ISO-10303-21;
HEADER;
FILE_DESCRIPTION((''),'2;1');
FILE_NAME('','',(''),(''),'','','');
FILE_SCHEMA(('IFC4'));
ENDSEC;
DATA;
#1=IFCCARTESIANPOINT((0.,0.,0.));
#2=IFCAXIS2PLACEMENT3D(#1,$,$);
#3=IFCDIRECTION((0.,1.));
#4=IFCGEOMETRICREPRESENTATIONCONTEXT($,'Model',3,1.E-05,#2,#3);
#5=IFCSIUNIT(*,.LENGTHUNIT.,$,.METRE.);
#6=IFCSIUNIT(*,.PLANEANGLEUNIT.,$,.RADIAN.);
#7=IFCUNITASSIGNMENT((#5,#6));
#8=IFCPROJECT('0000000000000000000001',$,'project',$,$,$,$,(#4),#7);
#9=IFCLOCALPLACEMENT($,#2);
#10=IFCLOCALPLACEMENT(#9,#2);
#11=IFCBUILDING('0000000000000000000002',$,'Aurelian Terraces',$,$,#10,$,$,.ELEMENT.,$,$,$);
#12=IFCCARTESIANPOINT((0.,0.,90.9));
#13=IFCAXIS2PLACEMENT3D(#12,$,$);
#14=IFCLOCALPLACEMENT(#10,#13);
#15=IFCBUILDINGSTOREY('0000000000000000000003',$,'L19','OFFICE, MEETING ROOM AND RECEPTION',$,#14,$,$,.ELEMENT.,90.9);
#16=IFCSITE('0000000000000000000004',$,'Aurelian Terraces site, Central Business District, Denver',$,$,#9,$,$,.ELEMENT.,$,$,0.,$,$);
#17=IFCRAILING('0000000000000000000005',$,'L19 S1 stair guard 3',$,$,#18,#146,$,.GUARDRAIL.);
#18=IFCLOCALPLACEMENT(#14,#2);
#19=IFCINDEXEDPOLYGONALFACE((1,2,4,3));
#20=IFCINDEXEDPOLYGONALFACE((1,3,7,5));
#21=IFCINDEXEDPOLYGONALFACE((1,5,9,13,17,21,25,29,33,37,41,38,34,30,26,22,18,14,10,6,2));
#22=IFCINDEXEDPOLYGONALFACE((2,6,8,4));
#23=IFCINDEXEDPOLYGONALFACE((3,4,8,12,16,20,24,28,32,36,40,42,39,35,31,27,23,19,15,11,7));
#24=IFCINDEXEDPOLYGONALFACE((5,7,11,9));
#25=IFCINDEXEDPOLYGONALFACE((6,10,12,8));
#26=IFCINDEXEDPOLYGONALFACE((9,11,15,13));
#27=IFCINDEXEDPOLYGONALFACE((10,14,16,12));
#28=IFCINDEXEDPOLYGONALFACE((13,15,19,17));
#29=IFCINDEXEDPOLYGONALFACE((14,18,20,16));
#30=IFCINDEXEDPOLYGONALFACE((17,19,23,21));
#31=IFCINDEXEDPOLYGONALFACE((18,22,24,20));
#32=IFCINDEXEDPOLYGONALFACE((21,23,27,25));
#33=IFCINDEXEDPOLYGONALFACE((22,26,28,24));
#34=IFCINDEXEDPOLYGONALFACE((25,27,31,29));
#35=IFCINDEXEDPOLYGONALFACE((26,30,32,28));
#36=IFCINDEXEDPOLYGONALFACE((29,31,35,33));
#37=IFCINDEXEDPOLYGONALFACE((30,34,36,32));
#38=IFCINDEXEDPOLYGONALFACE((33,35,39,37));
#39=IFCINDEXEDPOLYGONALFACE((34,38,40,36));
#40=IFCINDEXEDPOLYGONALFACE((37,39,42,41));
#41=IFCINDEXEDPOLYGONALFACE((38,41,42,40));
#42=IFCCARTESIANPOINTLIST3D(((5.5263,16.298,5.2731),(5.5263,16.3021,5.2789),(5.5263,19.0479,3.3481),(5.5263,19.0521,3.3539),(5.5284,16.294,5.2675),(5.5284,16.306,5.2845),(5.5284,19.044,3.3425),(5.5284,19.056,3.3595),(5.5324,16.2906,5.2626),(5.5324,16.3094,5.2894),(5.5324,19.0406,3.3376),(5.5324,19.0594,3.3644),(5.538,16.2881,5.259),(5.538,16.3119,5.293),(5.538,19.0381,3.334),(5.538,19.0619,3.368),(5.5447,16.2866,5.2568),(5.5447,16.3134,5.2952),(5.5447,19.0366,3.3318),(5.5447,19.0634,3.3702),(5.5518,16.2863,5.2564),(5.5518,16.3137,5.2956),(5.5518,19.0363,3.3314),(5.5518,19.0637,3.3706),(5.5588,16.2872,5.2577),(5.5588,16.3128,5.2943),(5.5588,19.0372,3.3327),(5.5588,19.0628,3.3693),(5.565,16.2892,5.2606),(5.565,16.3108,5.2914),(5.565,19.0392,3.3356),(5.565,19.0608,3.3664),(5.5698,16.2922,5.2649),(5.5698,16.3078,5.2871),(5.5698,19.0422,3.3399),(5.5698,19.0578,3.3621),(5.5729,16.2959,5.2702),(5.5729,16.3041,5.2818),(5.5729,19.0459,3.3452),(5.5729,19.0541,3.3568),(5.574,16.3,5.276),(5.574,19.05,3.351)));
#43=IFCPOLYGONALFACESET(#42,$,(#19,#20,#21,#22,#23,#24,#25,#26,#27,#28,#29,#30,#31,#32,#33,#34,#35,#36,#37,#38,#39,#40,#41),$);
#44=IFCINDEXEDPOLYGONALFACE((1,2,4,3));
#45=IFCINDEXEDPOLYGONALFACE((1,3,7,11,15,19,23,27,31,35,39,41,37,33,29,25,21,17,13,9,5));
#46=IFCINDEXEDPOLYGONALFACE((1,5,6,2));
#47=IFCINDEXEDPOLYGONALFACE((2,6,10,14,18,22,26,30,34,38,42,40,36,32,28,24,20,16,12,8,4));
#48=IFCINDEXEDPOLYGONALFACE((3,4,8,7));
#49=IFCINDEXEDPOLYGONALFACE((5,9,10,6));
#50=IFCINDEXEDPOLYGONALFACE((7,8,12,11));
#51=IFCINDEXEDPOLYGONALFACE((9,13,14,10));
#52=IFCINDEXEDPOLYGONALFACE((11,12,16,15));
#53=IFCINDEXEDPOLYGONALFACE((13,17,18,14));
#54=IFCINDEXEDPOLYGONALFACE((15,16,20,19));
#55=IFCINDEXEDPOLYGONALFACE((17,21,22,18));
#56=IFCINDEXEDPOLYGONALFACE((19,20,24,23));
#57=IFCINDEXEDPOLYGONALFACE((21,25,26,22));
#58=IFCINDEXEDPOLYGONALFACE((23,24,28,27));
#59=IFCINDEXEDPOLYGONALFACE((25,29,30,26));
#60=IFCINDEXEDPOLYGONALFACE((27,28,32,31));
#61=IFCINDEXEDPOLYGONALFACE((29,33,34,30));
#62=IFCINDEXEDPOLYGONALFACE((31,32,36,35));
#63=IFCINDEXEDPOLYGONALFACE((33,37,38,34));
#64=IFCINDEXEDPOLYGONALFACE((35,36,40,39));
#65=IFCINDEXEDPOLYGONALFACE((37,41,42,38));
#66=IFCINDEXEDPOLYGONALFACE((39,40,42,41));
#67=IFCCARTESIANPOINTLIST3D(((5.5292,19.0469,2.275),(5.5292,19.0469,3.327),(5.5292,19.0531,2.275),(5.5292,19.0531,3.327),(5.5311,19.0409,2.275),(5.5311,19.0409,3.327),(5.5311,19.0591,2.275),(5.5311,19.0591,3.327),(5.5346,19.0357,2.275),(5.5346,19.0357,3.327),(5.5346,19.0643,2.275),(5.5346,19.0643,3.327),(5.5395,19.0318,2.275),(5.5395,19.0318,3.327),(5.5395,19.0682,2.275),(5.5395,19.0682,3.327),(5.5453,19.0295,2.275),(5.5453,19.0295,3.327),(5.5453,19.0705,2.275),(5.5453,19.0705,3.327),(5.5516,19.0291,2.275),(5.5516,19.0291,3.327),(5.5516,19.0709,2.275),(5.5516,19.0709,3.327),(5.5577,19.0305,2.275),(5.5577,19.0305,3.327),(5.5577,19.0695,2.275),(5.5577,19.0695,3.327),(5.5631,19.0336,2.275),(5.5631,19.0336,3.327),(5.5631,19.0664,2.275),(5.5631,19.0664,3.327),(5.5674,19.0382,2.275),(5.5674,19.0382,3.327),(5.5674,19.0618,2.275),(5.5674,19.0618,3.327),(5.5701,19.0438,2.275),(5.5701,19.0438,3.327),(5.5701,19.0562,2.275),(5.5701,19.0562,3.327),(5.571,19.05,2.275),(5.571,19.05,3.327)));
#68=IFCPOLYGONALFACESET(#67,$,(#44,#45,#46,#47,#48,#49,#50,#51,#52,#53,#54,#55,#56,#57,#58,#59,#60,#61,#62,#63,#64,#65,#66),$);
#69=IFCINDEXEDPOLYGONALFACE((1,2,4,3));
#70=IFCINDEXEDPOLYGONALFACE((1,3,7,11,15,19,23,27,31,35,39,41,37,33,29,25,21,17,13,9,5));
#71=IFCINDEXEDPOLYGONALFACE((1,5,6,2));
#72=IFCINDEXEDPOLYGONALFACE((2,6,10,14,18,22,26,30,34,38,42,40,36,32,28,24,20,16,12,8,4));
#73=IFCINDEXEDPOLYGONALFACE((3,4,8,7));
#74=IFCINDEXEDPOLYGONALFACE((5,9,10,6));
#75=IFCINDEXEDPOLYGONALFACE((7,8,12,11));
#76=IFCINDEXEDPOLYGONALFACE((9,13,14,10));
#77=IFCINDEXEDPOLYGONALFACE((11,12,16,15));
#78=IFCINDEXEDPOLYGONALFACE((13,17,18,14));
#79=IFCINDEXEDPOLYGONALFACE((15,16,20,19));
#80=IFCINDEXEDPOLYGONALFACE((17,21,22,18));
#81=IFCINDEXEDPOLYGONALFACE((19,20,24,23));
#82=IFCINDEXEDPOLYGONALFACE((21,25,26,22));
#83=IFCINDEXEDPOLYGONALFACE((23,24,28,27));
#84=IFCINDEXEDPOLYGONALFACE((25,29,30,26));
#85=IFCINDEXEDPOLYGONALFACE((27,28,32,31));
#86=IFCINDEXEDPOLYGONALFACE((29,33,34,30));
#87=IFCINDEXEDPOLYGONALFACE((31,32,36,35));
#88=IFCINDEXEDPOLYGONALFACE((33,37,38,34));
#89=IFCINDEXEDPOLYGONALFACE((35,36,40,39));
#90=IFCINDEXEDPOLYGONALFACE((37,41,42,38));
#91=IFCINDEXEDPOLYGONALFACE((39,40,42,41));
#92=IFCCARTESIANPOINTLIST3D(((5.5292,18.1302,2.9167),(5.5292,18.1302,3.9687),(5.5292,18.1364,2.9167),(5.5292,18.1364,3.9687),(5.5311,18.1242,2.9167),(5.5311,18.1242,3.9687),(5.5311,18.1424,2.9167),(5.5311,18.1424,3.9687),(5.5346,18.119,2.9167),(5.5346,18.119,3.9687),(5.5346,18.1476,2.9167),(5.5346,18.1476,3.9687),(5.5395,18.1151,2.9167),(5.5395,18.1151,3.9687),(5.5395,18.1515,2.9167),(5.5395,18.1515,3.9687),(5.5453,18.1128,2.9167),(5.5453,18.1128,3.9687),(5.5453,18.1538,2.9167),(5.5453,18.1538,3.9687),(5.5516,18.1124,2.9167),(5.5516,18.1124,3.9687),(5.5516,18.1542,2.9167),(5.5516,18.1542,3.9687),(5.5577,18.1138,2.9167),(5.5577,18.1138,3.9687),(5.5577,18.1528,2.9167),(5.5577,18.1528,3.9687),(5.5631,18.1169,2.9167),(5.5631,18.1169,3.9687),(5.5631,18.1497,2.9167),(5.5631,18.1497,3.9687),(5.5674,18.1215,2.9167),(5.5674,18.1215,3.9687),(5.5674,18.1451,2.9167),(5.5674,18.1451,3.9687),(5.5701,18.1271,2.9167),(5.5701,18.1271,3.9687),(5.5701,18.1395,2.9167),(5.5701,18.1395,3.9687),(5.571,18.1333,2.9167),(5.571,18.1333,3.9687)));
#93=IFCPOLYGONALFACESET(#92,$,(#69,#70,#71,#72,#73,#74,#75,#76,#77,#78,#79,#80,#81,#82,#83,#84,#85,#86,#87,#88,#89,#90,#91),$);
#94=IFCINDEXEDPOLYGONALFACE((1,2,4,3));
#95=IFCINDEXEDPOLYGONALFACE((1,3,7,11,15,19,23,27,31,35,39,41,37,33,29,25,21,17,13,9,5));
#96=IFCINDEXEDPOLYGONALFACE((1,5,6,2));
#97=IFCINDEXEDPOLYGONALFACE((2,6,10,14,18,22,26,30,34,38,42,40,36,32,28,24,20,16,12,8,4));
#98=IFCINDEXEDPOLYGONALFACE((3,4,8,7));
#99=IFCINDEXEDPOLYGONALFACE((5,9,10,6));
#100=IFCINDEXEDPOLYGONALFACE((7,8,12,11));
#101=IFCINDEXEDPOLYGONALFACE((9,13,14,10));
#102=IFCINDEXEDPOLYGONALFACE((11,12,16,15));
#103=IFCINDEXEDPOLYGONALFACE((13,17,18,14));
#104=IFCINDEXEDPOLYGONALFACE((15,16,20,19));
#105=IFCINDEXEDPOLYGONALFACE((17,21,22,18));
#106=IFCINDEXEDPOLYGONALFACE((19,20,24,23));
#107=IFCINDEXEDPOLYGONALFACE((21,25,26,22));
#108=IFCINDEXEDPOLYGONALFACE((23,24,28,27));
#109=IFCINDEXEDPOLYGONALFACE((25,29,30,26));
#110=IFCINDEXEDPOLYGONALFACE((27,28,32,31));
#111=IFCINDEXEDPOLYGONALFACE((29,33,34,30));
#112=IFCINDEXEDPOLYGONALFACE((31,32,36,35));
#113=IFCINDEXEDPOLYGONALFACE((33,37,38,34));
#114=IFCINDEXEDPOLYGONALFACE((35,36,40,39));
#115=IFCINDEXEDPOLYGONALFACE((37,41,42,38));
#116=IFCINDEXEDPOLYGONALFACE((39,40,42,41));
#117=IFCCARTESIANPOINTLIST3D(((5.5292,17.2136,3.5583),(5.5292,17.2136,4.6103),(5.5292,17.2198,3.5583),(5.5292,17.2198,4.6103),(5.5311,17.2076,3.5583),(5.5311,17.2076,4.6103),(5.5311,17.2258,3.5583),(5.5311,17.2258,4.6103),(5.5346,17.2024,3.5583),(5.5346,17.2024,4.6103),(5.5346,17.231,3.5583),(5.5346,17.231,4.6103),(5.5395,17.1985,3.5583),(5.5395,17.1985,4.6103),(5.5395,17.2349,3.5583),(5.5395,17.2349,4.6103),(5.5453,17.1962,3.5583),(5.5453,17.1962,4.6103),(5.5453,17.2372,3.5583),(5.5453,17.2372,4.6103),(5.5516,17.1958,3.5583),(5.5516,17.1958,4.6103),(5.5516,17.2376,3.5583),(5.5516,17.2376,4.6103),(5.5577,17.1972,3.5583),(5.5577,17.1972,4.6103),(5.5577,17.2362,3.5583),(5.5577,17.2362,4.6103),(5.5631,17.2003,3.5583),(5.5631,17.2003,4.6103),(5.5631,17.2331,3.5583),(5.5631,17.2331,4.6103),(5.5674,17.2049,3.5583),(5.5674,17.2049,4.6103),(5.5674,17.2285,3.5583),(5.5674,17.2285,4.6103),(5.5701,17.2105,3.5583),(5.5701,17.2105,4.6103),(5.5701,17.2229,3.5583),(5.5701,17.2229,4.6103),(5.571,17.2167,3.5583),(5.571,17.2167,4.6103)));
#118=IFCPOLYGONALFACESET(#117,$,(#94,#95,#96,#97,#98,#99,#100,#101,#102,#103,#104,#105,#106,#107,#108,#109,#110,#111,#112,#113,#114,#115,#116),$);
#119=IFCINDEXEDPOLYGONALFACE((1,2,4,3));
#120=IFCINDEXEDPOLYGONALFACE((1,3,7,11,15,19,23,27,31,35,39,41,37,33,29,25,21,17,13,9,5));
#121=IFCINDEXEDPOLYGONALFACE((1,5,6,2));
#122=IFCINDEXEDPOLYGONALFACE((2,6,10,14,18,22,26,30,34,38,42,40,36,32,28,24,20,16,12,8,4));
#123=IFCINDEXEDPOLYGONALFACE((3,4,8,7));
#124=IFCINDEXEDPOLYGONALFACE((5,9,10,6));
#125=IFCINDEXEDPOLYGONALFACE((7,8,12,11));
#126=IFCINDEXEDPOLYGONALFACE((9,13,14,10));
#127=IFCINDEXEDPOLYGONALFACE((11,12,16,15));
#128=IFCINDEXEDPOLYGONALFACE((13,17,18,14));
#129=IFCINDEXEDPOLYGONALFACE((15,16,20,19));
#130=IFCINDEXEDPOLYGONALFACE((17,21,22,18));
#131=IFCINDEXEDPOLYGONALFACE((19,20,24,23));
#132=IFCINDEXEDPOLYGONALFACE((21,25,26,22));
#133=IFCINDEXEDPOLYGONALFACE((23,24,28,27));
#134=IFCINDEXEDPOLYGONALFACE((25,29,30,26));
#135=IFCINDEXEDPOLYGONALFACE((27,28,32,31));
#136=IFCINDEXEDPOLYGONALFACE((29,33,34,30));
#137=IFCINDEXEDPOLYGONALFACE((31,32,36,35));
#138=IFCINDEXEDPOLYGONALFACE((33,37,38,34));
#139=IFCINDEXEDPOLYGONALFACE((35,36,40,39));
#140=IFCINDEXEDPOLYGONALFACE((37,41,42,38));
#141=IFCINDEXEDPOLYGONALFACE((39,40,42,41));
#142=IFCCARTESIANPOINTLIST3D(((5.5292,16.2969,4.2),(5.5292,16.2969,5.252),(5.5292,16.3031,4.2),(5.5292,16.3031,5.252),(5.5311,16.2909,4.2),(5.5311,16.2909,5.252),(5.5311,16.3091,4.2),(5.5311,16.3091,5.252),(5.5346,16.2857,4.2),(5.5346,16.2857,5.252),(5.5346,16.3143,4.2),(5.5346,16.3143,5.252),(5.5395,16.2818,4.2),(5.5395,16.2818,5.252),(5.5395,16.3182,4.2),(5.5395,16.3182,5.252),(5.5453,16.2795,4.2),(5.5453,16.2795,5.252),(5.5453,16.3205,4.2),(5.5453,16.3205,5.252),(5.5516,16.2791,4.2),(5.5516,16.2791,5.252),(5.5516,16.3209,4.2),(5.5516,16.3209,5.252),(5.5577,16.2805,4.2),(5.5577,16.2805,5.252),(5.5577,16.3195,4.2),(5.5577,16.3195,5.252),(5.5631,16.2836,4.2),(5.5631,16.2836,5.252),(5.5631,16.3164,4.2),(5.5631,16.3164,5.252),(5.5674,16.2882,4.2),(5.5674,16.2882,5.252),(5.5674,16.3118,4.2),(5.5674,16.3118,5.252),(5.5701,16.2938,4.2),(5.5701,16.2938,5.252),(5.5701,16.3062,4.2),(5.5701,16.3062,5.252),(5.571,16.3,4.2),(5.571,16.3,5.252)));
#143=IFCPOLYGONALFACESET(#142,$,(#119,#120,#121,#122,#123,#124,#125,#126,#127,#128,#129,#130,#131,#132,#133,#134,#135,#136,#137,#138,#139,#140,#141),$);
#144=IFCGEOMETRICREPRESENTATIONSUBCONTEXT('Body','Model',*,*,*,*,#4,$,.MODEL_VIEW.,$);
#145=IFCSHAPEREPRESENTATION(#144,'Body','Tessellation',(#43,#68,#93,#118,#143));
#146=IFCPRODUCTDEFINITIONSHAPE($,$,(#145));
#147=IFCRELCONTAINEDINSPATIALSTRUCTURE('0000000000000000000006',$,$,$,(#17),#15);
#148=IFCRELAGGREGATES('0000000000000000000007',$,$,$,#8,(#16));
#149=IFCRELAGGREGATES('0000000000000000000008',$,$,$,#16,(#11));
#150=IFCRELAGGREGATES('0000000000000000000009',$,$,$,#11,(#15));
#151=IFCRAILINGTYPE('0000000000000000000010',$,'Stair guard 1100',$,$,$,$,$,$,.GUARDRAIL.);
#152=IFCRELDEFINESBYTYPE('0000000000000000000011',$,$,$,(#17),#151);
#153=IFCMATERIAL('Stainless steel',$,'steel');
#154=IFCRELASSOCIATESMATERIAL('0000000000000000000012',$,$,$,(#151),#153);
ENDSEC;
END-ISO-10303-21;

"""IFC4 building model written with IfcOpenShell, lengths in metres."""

from ifc_helpers import new_model, si_unit, direction, frame, origin, origin_2d, place, context, subcontext, project, spatial, circle, extrude, source, transform, mapped, material, type_object, element, save


model = new_model("IFC4")

# Units and contexts
model_context = context("Model", 3, precision=1e-05, world=origin(), true_north=direction((0.0, 1.0)))
body_context = subcontext(model_context, "Body", "Model", "MODEL_VIEW")
ifc_project = project(units=[si_unit("LENGTHUNIT", "METRE"), si_unit("PLANEANGLEUNIT", "RADIAN")], contexts=[model_context])

# Site, building, storey
site_placement = place(None, origin())
site = spatial("IfcSite", under=ifc_project, at=site_placement, Name="Aurelian Terraces site, Central Business District, Denver", CompositionType="ELEMENT", RefElevation=0.0)
building_placement = place(site_placement, origin())
building = spatial("IfcBuilding", under=site, at=building_placement, Name="Aurelian Terraces", CompositionType="ELEMENT")
storey_placement = place(building_placement, frame((0.0, 0.0, 90.9)))
storey = spatial("IfcBuildingStorey", under=building, at=storey_placement, Name="L19", Description="OFFICE, MEETING ROOM AND RECEPTION", CompositionType="ELEMENT", Elevation=90.9)

# Shared definitions
ifc_material_1 = material(Name="Stainless steel", Category="steel")

# Railing
railing_type_1 = type_object("IfcRailingType", Name="Stair guard 1100", PredefinedType="GUARDRAIL", material=ifc_material_1)
shared_shape_1 = source(origin(), body_context, "Body", "SweptSolid", [
    extrude(circle(Radius=0.024, at=origin_2d()), frame((0.0, 0.0, 1.076), z_axis=(0.0, -0.819232, 0.573462), x_axis=(1.0, 0.0, 0.0)), (0.0, 0.0, 1.0), 3.3568),
    extrude(circle(Radius=0.021, at=origin_2d()), origin(), (0.0, 0.0, 1.0), 1.052),
    extrude(circle(Radius=0.021, at=origin_2d()), frame((0.0, -0.9167, 0.6417)), (0.0, 0.0, 1.0), 1.052),
    extrude(circle(Radius=0.021, at=origin_2d()), frame((0.0, -1.8333, 1.2833)), (0.0, 0.0, 1.0), 1.052),
    extrude(circle(Radius=0.021, at=origin_2d()), frame((0.0, -2.75, 1.925)), (0.0, 0.0, 1.0), 1.052),
])
railing_1_placement = place(storey_placement, frame((5.55, 19.05, 2.275)))
element("IfcRailing", 1, at=railing_1_placement, inside=storey, type_object=railing_type_1, Name="L19 S1 stair guard 3", PredefinedType="GUARDRAIL", context=body_context, shape_type="MappedRepresentation", body=[
    mapped(shared_shape_1, transform((0.0, 0.0, 0.0), scale=1.0)),
])

save(model, "model.ifc")
